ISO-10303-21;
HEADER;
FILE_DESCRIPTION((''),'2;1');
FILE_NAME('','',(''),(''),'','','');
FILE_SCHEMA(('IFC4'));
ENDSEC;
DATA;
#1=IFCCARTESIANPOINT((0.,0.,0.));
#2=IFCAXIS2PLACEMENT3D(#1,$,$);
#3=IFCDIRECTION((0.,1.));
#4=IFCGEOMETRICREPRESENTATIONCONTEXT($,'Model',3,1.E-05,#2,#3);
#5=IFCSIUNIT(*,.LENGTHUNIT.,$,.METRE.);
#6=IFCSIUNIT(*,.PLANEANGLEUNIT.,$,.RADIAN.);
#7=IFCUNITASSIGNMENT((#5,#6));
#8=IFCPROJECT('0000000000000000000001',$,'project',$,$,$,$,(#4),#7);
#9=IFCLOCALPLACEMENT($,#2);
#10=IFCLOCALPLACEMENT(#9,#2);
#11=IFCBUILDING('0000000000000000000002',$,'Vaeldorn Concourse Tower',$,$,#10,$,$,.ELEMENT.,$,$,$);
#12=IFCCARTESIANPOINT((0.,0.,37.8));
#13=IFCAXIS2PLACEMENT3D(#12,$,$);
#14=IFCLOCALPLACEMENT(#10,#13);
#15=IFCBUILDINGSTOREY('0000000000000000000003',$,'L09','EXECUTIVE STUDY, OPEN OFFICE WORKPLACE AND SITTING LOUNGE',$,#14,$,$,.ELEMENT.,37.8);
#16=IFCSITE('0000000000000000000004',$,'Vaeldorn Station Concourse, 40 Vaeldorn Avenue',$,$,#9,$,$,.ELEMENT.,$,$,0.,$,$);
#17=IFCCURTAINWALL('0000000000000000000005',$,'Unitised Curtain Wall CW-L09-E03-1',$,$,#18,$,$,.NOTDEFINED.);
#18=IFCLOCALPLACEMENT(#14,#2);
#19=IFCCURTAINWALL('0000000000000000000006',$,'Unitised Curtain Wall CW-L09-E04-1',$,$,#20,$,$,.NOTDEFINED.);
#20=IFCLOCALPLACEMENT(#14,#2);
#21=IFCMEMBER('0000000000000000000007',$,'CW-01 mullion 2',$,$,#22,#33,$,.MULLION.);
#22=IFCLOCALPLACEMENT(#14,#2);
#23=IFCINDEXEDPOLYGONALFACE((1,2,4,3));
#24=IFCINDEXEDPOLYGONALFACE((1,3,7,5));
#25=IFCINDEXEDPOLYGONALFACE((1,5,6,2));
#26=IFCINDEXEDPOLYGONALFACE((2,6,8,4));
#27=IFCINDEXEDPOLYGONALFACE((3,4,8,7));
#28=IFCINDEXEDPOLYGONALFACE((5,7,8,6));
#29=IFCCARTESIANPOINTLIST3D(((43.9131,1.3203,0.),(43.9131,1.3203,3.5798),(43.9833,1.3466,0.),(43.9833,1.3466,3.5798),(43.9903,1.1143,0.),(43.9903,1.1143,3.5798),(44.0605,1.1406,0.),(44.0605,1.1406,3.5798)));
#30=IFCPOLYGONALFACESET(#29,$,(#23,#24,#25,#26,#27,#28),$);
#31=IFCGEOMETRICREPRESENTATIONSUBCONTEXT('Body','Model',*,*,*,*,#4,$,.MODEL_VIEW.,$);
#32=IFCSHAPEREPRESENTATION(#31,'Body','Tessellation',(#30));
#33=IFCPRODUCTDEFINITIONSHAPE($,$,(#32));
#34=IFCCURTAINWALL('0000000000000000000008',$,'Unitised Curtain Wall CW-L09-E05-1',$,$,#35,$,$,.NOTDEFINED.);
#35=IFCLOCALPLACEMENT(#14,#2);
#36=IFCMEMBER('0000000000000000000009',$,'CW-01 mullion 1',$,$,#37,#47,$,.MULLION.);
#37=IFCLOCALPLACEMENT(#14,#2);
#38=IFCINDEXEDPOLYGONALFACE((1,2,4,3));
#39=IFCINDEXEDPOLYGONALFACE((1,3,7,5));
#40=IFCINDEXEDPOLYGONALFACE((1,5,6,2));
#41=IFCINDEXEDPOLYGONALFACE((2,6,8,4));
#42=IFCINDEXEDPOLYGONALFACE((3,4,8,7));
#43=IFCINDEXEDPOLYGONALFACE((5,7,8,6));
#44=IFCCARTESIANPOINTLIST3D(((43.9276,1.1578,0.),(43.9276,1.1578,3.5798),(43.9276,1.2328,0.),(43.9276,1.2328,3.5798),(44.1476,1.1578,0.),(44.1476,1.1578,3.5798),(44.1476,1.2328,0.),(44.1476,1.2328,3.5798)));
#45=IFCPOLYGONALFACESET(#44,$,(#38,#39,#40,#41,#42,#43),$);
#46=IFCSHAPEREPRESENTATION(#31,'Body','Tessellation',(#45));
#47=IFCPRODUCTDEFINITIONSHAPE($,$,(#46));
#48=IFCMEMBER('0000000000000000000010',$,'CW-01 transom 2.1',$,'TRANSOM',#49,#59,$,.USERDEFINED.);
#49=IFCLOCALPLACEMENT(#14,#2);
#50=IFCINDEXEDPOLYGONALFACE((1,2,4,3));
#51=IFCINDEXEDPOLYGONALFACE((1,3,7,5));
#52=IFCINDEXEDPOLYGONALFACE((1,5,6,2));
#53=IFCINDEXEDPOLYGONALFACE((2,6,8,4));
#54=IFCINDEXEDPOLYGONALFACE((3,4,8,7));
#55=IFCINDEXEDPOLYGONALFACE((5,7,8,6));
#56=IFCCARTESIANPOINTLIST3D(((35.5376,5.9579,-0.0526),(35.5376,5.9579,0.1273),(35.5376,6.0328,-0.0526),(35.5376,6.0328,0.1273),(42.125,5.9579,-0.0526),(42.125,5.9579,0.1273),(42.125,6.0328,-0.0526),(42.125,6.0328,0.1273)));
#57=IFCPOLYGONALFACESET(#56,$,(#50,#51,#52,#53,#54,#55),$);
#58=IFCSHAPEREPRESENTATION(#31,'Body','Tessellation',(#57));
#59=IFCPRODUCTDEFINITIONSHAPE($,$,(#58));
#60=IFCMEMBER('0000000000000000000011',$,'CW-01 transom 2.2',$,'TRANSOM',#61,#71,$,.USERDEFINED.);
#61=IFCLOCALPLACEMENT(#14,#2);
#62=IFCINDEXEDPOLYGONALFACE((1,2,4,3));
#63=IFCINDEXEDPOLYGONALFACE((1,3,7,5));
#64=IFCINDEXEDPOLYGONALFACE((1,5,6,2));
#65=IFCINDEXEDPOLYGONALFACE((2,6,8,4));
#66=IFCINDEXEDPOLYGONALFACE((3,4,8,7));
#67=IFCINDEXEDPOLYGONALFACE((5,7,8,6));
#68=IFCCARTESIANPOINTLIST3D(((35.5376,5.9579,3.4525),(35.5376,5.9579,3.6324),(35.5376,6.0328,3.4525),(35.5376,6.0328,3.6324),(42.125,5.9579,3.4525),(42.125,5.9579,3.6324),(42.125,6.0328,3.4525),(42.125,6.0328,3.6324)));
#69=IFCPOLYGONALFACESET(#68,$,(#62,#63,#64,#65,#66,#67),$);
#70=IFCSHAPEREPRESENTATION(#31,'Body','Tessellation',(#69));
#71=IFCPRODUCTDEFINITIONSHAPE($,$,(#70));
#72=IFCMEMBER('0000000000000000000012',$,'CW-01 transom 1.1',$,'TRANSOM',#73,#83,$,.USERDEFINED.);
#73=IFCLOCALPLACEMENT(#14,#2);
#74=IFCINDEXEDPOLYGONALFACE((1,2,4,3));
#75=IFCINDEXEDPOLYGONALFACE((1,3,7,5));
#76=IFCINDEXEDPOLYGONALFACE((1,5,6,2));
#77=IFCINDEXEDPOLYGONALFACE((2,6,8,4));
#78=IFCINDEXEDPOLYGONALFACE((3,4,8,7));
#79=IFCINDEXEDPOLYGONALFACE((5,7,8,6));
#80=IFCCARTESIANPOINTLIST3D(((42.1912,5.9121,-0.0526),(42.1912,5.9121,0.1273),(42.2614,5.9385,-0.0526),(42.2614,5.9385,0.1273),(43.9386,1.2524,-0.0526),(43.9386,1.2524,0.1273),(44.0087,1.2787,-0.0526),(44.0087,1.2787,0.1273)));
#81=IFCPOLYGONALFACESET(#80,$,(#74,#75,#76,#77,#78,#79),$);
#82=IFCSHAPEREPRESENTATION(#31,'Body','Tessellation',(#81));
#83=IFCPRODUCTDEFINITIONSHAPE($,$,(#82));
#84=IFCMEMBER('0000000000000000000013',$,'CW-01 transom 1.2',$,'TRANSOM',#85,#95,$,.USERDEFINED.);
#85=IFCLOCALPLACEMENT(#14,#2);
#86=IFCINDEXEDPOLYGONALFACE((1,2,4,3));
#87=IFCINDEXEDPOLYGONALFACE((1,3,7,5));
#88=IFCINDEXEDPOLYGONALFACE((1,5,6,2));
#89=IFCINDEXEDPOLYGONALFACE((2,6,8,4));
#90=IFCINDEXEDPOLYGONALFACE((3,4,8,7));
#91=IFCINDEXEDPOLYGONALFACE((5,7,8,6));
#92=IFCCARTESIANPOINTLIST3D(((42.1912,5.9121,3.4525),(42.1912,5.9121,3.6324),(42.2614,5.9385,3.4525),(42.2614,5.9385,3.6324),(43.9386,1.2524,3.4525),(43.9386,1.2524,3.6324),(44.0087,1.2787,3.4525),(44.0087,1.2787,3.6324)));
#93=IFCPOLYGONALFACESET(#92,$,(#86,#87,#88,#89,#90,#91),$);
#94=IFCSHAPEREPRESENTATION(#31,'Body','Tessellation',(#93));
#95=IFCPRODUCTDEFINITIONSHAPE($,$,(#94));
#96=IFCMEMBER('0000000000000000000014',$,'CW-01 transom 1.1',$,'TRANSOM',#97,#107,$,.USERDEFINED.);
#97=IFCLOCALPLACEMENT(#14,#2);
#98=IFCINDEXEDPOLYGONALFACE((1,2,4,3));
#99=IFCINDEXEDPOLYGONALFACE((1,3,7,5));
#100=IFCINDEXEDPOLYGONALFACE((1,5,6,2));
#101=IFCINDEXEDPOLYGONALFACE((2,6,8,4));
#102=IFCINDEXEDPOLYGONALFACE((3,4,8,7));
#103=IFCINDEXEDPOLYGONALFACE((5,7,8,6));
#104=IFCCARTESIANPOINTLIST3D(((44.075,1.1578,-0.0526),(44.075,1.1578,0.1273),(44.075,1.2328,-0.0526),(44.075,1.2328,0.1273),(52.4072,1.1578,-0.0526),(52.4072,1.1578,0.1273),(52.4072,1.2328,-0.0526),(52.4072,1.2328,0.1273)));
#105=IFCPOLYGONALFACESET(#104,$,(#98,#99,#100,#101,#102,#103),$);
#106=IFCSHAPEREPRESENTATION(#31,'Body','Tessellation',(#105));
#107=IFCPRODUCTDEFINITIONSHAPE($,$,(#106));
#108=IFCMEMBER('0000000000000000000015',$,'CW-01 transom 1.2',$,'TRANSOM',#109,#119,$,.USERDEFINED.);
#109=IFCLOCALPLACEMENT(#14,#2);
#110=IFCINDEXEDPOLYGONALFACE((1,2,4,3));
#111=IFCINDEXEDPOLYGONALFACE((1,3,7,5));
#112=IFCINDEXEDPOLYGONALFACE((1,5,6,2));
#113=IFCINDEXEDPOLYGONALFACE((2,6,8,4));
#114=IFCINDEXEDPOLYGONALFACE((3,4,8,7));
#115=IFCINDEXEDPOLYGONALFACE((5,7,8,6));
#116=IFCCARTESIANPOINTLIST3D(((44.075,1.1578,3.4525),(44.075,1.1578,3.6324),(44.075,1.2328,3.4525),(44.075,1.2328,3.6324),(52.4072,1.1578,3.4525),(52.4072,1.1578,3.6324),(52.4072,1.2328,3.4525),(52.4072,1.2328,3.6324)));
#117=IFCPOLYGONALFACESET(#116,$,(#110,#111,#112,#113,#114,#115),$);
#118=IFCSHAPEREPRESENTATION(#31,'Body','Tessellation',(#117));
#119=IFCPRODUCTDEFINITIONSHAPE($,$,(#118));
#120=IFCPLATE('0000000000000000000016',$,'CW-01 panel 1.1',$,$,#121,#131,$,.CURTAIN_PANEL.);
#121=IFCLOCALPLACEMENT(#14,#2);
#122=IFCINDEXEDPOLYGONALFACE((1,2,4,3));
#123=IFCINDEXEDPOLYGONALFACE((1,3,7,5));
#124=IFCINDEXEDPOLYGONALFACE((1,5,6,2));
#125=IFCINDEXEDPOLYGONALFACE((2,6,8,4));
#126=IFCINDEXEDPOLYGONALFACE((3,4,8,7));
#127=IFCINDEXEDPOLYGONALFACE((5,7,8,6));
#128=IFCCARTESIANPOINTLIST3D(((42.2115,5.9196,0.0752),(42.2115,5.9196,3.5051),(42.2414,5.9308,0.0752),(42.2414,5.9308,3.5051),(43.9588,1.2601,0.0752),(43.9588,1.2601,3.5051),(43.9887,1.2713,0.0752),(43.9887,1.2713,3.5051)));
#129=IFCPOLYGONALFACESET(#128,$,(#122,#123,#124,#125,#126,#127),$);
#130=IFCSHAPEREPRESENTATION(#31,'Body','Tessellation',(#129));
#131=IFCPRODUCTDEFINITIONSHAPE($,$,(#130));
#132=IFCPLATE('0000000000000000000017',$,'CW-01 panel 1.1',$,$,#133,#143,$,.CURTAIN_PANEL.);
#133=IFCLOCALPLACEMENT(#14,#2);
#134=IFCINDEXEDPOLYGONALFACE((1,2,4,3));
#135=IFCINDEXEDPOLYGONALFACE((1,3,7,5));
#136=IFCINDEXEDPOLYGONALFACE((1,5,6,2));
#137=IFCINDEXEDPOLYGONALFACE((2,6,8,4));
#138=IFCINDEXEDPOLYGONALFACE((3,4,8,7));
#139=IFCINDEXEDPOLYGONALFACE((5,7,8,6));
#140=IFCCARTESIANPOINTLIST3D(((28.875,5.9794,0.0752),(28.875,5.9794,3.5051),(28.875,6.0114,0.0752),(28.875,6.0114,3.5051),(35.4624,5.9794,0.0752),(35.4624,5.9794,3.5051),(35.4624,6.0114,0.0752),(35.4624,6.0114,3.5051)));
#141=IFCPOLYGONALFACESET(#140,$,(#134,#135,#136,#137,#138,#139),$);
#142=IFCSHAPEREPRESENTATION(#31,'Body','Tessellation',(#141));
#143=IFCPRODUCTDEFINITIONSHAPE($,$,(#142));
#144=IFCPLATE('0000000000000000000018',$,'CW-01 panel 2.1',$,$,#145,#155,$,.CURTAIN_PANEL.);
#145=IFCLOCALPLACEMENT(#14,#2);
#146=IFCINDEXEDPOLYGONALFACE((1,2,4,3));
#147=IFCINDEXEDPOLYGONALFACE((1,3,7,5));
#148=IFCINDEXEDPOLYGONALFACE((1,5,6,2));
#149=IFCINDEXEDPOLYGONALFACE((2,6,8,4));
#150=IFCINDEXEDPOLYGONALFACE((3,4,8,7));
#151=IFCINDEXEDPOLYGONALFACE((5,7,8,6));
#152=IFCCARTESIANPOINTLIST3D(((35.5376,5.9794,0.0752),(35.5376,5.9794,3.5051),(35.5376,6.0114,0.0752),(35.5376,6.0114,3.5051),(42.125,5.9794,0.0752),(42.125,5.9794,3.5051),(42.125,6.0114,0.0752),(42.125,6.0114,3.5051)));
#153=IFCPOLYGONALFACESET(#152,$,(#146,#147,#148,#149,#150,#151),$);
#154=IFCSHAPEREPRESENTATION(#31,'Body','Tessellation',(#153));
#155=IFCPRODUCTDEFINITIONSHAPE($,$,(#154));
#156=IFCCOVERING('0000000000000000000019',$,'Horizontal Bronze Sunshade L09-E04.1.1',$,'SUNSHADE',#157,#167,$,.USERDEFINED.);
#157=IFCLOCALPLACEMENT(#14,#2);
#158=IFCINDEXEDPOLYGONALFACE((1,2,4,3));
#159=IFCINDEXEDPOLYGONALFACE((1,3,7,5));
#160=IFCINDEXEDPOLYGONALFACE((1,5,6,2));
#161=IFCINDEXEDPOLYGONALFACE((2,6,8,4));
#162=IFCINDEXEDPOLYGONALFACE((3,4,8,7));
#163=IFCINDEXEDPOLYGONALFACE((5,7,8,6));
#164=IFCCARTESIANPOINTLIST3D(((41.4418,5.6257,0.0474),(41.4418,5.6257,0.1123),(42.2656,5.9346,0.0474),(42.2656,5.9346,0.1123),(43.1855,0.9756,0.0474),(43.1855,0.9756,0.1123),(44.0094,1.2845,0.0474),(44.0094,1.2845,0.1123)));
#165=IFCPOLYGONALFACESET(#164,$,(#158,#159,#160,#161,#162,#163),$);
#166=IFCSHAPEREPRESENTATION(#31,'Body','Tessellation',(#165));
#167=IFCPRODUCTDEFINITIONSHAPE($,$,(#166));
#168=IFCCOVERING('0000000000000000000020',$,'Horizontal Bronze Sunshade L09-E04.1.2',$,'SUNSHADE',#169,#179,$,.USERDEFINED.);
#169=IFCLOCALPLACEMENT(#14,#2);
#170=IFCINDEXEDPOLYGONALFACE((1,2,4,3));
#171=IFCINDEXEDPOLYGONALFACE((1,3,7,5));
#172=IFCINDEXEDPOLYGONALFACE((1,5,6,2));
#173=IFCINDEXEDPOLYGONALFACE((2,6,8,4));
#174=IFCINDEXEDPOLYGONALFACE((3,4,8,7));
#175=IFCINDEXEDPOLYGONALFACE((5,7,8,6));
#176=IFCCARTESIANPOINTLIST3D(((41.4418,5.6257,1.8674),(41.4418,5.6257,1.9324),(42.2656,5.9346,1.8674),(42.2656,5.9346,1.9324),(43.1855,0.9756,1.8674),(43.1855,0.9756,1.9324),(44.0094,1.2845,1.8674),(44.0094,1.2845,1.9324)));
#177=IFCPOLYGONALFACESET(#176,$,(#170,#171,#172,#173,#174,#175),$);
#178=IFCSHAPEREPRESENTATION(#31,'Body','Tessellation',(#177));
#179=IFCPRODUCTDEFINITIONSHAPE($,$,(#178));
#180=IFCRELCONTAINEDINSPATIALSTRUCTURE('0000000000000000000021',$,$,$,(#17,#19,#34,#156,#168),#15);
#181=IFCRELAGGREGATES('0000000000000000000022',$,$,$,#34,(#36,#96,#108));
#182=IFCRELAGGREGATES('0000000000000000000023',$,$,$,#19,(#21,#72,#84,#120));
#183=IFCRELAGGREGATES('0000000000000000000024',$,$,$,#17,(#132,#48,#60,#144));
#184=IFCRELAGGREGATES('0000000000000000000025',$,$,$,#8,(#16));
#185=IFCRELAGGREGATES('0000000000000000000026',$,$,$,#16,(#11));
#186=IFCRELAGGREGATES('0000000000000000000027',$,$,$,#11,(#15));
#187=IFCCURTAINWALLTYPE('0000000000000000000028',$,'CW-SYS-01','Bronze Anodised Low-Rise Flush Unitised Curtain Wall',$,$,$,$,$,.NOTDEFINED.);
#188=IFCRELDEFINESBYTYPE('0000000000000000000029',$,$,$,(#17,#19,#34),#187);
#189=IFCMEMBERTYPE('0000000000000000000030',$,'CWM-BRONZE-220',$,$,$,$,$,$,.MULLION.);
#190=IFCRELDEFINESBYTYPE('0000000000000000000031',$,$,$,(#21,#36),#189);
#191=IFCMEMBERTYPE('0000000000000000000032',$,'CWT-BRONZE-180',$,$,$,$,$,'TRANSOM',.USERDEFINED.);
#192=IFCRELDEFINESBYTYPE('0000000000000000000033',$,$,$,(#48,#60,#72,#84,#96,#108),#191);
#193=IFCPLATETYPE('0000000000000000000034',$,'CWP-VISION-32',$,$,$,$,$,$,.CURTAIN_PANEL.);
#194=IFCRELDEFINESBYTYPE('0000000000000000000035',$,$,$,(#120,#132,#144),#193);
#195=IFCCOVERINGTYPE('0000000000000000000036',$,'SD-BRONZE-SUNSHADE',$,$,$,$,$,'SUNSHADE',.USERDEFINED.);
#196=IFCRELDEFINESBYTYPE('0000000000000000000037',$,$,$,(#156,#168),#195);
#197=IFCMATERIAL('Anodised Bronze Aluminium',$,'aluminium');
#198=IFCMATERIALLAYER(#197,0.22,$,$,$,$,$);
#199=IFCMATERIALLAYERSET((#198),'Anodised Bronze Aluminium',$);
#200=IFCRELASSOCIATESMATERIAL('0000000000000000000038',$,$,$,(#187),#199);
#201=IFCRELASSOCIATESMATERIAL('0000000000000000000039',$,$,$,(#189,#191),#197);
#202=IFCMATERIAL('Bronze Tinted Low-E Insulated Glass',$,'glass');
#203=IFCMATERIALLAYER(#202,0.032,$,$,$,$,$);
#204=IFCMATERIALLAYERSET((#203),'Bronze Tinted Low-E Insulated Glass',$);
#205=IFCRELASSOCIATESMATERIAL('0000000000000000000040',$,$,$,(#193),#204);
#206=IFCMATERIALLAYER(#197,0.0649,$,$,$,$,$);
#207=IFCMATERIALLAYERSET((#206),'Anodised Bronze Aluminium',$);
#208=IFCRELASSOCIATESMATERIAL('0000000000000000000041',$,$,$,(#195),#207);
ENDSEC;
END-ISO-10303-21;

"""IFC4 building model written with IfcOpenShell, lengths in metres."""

from ifc_helpers import new_model, si_unit, direction, frame, origin, origin_2d, place, context, subcontext, project, spatial, rectangle, extrude, source, transform, mapped, material, layer, layer_set, material_profile, profile_set, type_object, element, aggregate, save


model = new_model("IFC4")

# Units and contexts
model_context = context("Model", 3, precision=1e-05, world=origin(), true_north=direction((0.0, 1.0)))
body_context = subcontext(model_context, "Body", "Model", "MODEL_VIEW")
ifc_project = project(units=[si_unit("LENGTHUNIT", "METRE"), si_unit("PLANEANGLEUNIT", "RADIAN")], contexts=[model_context])

# Site, building, storey
site_placement = place(None, origin())
site = spatial("IfcSite", under=ifc_project, at=site_placement, Name="Vaeldorn Station Concourse, 40 Vaeldorn Avenue", CompositionType="ELEMENT", RefElevation=0.0)
building_placement = place(site_placement, origin())
building = spatial("IfcBuilding", under=site, at=building_placement, Name="Vaeldorn Concourse Tower", CompositionType="ELEMENT")
storey_placement = place(building_placement, frame((0.0, 0.0, 37.8)))
storey = spatial("IfcBuildingStorey", under=building, at=storey_placement, Name="L09", Description="EXECUTIVE STUDY, OPEN OFFICE WORKPLACE AND SITTING LOUNGE", CompositionType="ELEMENT", Elevation=37.8)

# Curtain walls, member
ifc_material_1 = material(Name="Anodised Bronze Aluminium", Category="aluminium")
ifc_layer_1 = layer(ifc_material_1, 0.22)
ifc_layer_set_1 = layer_set([ifc_layer_1], Name="Anodised Bronze Aluminium")
curtain_wall_type = type_object("IfcCurtainWallType", Name="CW-SYS-01", Description="Bronze Anodised Low-Rise Flush Unitised Curtain Wall", PredefinedType="NOTDEFINED", material=ifc_layer_set_1)
curtain_wall_1_placement = place(storey_placement, origin())
curtain_wall_1 = element("IfcCurtainWall", 1, at=curtain_wall_1_placement, inside=storey, type_object=curtain_wall_type, Name="Unitised Curtain Wall CW-L09-E03-1", PredefinedType="NOTDEFINED")
ifc_material_profile_1 = material_profile(ifc_material_1, rectangle(XDim=0.075, YDim=0.22, at=origin_2d()), Name="CWM 75x220")
ifc_profile_set_1 = profile_set([ifc_material_profile_1], Name="Anodised Bronze Aluminium")
member_type_1 = type_object("IfcMemberType", Name="CWM-BRONZE-220", PredefinedType="MULLION", material=ifc_profile_set_1)
shared_shape_1 = source(origin(), body_context, "Body", "SweptSolid", [
    extrude(rectangle(XDim=0.075, YDim=0.22, at=origin_2d()), origin(), (0.0, 0.0, 1.0), 3.5798),
])
curtain_wall_2_placement = place(storey_placement, origin())
curtain_wall_2 = element("IfcCurtainWall", 2, at=curtain_wall_2_placement, inside=storey, type_object=curtain_wall_type, Name="Unitised Curtain Wall CW-L09-E04-1", PredefinedType="NOTDEFINED")
member_1_placement = place(storey_placement, frame((43.9868, 1.2305, 0.0), z_axis=(0.0, 0.0, 1.0), x_axis=(0.936329, 0.351123, 0.0)))
member_1 = element("IfcMember", 3, at=member_1_placement, type_object=member_type_1, Name="CW-01 mullion 2", PredefinedType="MULLION", context=body_context, shape_type="MappedRepresentation", body=[
    mapped(shared_shape_1, transform((0.0, 0.0, 0.0), scale=1.0)),
])

# Curtain wall, member
curtain_wall_3_placement = place(storey_placement, origin())
curtain_wall_3 = element("IfcCurtainWall", 4, at=curtain_wall_3_placement, inside=storey, type_object=curtain_wall_type, Name="Unitised Curtain Wall CW-L09-E05-1", PredefinedType="NOTDEFINED")
member_2_placement = place(storey_placement, frame((44.0376, 1.1953, 0.0), z_axis=(0.0, 0.0, 1.0), x_axis=(0.0, 1.0, 0.0)))
member_2 = element("IfcMember", 5, at=member_2_placement, type_object=member_type_1, Name="CW-01 mullion 1", PredefinedType="MULLION", context=body_context, shape_type="MappedRepresentation", body=[
    mapped(shared_shape_1, transform((0.0, 0.0, 0.0), scale=1.0)),
])

# Members
ifc_material_profile_2 = material_profile(ifc_material_1, rectangle(XDim=0.075, YDim=0.1799, at=origin_2d()), Name="CWT 75x180")
ifc_profile_set_2 = profile_set([ifc_material_profile_2], Name="Anodised Bronze Aluminium")
member_type_2 = type_object("IfcMemberType", Name="CWT-BRONZE-180", ElementType="TRANSOM", PredefinedType="USERDEFINED", material=ifc_profile_set_2)
shared_shape_2 = source(origin(), body_context, "Body", "SweptSolid", [
    extrude(rectangle(XDim=0.075, YDim=0.1799, at=origin_2d()), origin(), (0.0, 0.0, 1.0), 6.5874),
])
member_3_placement = place(storey_placement, frame((35.5376, 5.9954, 0.0374), z_axis=(1.0, 0.0, 0.0), x_axis=(0.0, 1.0, 0.0)))
member_3 = element("IfcMember", 6, at=member_3_placement, type_object=member_type_2, Name="CW-01 transom 2.1", ObjectType="TRANSOM", PredefinedType="USERDEFINED", context=body_context, shape_type="MappedRepresentation", body=[
    mapped(shared_shape_2, transform((0.0, 0.0, 0.0), scale=1.0)),
])
member_4_placement = place(storey_placement, frame((35.5376, 5.9954, 3.5425), z_axis=(1.0, 0.0, 0.0), x_axis=(0.0, 1.0, 0.0)))
member_4 = element("IfcMember", 7, at=member_4_placement, type_object=member_type_2, Name="CW-01 transom 2.2", ObjectType="TRANSOM", PredefinedType="USERDEFINED", context=body_context, shape_type="MappedRepresentation", body=[
    mapped(shared_shape_2, transform((0.0, 0.0, 0.0), scale=1.0)),
])
shared_shape_3 = source(origin(), body_context, "Body", "SweptSolid", [
    extrude(rectangle(XDim=0.075, YDim=0.1799, at=origin_2d()), origin(), (0.0, 0.0, 1.0), 4.9766),
])
member_5_placement = place(storey_placement, frame((42.2263, 5.9253, 0.0374), z_axis=(0.351113, -0.936333, 0.0), x_axis=(0.936333, 0.351113, 0.0)))
member_5 = element("IfcMember", 8, at=member_5_placement, type_object=member_type_2, Name="CW-01 transom 1.1", ObjectType="TRANSOM", PredefinedType="USERDEFINED", context=body_context, shape_type="MappedRepresentation", body=[
    mapped(shared_shape_3, transform((0.0, 0.0, 0.0), scale=1.0)),
])
member_6_placement = place(storey_placement, frame((42.2263, 5.9253, 3.5425), z_axis=(0.351113, -0.936333, 0.0), x_axis=(0.936333, 0.351113, 0.0)))
member_6 = element("IfcMember", 9, at=member_6_placement, type_object=member_type_2, Name="CW-01 transom 1.2", ObjectType="TRANSOM", PredefinedType="USERDEFINED", context=body_context, shape_type="MappedRepresentation", body=[
    mapped(shared_shape_3, transform((0.0, 0.0, 0.0), scale=1.0)),
])
shared_shape_4 = source(origin(), body_context, "Body", "SweptSolid", [
    extrude(rectangle(XDim=0.075, YDim=0.1799, at=origin_2d()), origin(), (0.0, 0.0, 1.0), 8.3323),
])
member_7_placement = place(storey_placement, frame((44.075, 1.1953, 0.0374), z_axis=(1.0, 0.0, 0.0), x_axis=(0.0, 1.0, 0.0)))
member_7 = element("IfcMember", 10, at=member_7_placement, type_object=member_type_2, Name="CW-01 transom 1.1", ObjectType="TRANSOM", PredefinedType="USERDEFINED", context=body_context, shape_type="MappedRepresentation", body=[
    mapped(shared_shape_4, transform((0.0, 0.0, 0.0), scale=1.0)),
])
member_8_placement = place(storey_placement, frame((44.075, 1.1953, 3.5425), z_axis=(1.0, 0.0, 0.0), x_axis=(0.0, 1.0, 0.0)))
member_8 = element("IfcMember", 11, at=member_8_placement, type_object=member_type_2, Name="CW-01 transom 1.2", ObjectType="TRANSOM", PredefinedType="USERDEFINED", context=body_context, shape_type="MappedRepresentation", body=[
    mapped(shared_shape_4, transform((0.0, 0.0, 0.0), scale=1.0)),
])
aggregate(curtain_wall_3, [member_2, member_7, member_8])

# Plates
ifc_material_2 = material(Name="Bronze Tinted Low-E Insulated Glass", Category="glass")
ifc_layer_2 = layer(ifc_material_2, 0.032)
ifc_layer_set_2 = layer_set([ifc_layer_2], Name="Bronze Tinted Low-E Insulated Glass")
plate_type = type_object("IfcPlateType", Name="CWP-VISION-32", PredefinedType="CURTAIN_PANEL", material=ifc_layer_set_2)
shared_shape_5 = source(origin(), body_context, "Body", "SweptSolid", [
    extrude(rectangle(XDim=4.9763, YDim=0.032, at=origin_2d()), origin(), (0.0, 0.0, 1.0), 3.4299),
])
plate_1_placement = place(storey_placement, frame((43.1001, 3.5955, 0.0752), z_axis=(0.0, 0.0, 1.0), x_axis=(0.351123, -0.936329, 0.0)))
plate_1 = element("IfcPlate", 12, at=plate_1_placement, type_object=plate_type, Name="CW-01 panel 1.1", PredefinedType="CURTAIN_PANEL", context=body_context, shape_type="MappedRepresentation", body=[
    mapped(shared_shape_5, transform((0.0, 0.0, 0.0), scale=1.0)),
])
aggregate(curtain_wall_2, [member_1, member_5, member_6, plate_1])
shared_shape_6 = source(origin(), body_context, "Body", "SweptSolid", [
    extrude(rectangle(XDim=6.5874, YDim=0.032, at=origin_2d()), origin(), (0.0, 0.0, 1.0), 3.4299),
])
plate_2_placement = place(storey_placement, frame((32.1687, 5.9954, 0.0752), z_axis=(0.0, 0.0, 1.0), x_axis=(1.0, 0.0, 0.0)))
plate_2 = element("IfcPlate", 13, at=plate_2_placement, type_object=plate_type, Name="CW-01 panel 1.1", PredefinedType="CURTAIN_PANEL", context=body_context, shape_type="MappedRepresentation", body=[
    mapped(shared_shape_6, transform((0.0, 0.0, 0.0), scale=1.0)),
])
plate_3_placement = place(storey_placement, frame((38.8313, 5.9954, 0.0752), z_axis=(0.0, 0.0, 1.0), x_axis=(1.0, 0.0, 0.0)))
plate_3 = element("IfcPlate", 14, at=plate_3_placement, type_object=plate_type, Name="CW-01 panel 2.1", PredefinedType="CURTAIN_PANEL", context=body_context, shape_type="MappedRepresentation", body=[
    mapped(shared_shape_6, transform((0.0, 0.0, 0.0), scale=1.0)),
])
aggregate(curtain_wall_1, [plate_2, member_3, member_4, plate_3])

# Coverings
ifc_layer_3 = layer(ifc_material_1, 0.0649)
ifc_layer_set_3 = layer_set([ifc_layer_3], Name="Anodised Bronze Aluminium")
covering_type = type_object("IfcCoveringType", Name="SD-BRONZE-SUNSHADE", ElementType="SUNSHADE", PredefinedType="USERDEFINED", material=ifc_layer_set_3)
shared_shape_7 = source(origin(), body_context, "Body", "SweptSolid", [
    extrude(rectangle(XDim=4.9663, YDim=0.8799, at=origin_2d()), origin(), (0.0, 0.0, 1.0), 0.0649),
])
for number, where, z_axis, x_axis, name in (
    (15, (42.7256, 3.4551, 0.0474), (0.0, 0.0, 1.0), (0.351123, -0.936329, 0.0), "Horizontal Bronze Sunshade L09-E04.1.1"),
    (16, (42.7256, 3.4551, 1.8674), (0.0, 0.0, 1.0), (0.351123, -0.936329, 0.0), "Horizontal Bronze Sunshade L09-E04.1.2"),
):
    element("IfcCovering", number, at=place(storey_placement, frame(where, z_axis=z_axis, x_axis=x_axis)), inside=storey, type_object=covering_type, Name=name, ObjectType="SUNSHADE", PredefinedType="USERDEFINED", context=body_context, shape_type="MappedRepresentation", body=[
        mapped(shared_shape_7, transform((0.0, 0.0, 0.0), scale=1.0)),
    ])

save(model, "model.ifc")
